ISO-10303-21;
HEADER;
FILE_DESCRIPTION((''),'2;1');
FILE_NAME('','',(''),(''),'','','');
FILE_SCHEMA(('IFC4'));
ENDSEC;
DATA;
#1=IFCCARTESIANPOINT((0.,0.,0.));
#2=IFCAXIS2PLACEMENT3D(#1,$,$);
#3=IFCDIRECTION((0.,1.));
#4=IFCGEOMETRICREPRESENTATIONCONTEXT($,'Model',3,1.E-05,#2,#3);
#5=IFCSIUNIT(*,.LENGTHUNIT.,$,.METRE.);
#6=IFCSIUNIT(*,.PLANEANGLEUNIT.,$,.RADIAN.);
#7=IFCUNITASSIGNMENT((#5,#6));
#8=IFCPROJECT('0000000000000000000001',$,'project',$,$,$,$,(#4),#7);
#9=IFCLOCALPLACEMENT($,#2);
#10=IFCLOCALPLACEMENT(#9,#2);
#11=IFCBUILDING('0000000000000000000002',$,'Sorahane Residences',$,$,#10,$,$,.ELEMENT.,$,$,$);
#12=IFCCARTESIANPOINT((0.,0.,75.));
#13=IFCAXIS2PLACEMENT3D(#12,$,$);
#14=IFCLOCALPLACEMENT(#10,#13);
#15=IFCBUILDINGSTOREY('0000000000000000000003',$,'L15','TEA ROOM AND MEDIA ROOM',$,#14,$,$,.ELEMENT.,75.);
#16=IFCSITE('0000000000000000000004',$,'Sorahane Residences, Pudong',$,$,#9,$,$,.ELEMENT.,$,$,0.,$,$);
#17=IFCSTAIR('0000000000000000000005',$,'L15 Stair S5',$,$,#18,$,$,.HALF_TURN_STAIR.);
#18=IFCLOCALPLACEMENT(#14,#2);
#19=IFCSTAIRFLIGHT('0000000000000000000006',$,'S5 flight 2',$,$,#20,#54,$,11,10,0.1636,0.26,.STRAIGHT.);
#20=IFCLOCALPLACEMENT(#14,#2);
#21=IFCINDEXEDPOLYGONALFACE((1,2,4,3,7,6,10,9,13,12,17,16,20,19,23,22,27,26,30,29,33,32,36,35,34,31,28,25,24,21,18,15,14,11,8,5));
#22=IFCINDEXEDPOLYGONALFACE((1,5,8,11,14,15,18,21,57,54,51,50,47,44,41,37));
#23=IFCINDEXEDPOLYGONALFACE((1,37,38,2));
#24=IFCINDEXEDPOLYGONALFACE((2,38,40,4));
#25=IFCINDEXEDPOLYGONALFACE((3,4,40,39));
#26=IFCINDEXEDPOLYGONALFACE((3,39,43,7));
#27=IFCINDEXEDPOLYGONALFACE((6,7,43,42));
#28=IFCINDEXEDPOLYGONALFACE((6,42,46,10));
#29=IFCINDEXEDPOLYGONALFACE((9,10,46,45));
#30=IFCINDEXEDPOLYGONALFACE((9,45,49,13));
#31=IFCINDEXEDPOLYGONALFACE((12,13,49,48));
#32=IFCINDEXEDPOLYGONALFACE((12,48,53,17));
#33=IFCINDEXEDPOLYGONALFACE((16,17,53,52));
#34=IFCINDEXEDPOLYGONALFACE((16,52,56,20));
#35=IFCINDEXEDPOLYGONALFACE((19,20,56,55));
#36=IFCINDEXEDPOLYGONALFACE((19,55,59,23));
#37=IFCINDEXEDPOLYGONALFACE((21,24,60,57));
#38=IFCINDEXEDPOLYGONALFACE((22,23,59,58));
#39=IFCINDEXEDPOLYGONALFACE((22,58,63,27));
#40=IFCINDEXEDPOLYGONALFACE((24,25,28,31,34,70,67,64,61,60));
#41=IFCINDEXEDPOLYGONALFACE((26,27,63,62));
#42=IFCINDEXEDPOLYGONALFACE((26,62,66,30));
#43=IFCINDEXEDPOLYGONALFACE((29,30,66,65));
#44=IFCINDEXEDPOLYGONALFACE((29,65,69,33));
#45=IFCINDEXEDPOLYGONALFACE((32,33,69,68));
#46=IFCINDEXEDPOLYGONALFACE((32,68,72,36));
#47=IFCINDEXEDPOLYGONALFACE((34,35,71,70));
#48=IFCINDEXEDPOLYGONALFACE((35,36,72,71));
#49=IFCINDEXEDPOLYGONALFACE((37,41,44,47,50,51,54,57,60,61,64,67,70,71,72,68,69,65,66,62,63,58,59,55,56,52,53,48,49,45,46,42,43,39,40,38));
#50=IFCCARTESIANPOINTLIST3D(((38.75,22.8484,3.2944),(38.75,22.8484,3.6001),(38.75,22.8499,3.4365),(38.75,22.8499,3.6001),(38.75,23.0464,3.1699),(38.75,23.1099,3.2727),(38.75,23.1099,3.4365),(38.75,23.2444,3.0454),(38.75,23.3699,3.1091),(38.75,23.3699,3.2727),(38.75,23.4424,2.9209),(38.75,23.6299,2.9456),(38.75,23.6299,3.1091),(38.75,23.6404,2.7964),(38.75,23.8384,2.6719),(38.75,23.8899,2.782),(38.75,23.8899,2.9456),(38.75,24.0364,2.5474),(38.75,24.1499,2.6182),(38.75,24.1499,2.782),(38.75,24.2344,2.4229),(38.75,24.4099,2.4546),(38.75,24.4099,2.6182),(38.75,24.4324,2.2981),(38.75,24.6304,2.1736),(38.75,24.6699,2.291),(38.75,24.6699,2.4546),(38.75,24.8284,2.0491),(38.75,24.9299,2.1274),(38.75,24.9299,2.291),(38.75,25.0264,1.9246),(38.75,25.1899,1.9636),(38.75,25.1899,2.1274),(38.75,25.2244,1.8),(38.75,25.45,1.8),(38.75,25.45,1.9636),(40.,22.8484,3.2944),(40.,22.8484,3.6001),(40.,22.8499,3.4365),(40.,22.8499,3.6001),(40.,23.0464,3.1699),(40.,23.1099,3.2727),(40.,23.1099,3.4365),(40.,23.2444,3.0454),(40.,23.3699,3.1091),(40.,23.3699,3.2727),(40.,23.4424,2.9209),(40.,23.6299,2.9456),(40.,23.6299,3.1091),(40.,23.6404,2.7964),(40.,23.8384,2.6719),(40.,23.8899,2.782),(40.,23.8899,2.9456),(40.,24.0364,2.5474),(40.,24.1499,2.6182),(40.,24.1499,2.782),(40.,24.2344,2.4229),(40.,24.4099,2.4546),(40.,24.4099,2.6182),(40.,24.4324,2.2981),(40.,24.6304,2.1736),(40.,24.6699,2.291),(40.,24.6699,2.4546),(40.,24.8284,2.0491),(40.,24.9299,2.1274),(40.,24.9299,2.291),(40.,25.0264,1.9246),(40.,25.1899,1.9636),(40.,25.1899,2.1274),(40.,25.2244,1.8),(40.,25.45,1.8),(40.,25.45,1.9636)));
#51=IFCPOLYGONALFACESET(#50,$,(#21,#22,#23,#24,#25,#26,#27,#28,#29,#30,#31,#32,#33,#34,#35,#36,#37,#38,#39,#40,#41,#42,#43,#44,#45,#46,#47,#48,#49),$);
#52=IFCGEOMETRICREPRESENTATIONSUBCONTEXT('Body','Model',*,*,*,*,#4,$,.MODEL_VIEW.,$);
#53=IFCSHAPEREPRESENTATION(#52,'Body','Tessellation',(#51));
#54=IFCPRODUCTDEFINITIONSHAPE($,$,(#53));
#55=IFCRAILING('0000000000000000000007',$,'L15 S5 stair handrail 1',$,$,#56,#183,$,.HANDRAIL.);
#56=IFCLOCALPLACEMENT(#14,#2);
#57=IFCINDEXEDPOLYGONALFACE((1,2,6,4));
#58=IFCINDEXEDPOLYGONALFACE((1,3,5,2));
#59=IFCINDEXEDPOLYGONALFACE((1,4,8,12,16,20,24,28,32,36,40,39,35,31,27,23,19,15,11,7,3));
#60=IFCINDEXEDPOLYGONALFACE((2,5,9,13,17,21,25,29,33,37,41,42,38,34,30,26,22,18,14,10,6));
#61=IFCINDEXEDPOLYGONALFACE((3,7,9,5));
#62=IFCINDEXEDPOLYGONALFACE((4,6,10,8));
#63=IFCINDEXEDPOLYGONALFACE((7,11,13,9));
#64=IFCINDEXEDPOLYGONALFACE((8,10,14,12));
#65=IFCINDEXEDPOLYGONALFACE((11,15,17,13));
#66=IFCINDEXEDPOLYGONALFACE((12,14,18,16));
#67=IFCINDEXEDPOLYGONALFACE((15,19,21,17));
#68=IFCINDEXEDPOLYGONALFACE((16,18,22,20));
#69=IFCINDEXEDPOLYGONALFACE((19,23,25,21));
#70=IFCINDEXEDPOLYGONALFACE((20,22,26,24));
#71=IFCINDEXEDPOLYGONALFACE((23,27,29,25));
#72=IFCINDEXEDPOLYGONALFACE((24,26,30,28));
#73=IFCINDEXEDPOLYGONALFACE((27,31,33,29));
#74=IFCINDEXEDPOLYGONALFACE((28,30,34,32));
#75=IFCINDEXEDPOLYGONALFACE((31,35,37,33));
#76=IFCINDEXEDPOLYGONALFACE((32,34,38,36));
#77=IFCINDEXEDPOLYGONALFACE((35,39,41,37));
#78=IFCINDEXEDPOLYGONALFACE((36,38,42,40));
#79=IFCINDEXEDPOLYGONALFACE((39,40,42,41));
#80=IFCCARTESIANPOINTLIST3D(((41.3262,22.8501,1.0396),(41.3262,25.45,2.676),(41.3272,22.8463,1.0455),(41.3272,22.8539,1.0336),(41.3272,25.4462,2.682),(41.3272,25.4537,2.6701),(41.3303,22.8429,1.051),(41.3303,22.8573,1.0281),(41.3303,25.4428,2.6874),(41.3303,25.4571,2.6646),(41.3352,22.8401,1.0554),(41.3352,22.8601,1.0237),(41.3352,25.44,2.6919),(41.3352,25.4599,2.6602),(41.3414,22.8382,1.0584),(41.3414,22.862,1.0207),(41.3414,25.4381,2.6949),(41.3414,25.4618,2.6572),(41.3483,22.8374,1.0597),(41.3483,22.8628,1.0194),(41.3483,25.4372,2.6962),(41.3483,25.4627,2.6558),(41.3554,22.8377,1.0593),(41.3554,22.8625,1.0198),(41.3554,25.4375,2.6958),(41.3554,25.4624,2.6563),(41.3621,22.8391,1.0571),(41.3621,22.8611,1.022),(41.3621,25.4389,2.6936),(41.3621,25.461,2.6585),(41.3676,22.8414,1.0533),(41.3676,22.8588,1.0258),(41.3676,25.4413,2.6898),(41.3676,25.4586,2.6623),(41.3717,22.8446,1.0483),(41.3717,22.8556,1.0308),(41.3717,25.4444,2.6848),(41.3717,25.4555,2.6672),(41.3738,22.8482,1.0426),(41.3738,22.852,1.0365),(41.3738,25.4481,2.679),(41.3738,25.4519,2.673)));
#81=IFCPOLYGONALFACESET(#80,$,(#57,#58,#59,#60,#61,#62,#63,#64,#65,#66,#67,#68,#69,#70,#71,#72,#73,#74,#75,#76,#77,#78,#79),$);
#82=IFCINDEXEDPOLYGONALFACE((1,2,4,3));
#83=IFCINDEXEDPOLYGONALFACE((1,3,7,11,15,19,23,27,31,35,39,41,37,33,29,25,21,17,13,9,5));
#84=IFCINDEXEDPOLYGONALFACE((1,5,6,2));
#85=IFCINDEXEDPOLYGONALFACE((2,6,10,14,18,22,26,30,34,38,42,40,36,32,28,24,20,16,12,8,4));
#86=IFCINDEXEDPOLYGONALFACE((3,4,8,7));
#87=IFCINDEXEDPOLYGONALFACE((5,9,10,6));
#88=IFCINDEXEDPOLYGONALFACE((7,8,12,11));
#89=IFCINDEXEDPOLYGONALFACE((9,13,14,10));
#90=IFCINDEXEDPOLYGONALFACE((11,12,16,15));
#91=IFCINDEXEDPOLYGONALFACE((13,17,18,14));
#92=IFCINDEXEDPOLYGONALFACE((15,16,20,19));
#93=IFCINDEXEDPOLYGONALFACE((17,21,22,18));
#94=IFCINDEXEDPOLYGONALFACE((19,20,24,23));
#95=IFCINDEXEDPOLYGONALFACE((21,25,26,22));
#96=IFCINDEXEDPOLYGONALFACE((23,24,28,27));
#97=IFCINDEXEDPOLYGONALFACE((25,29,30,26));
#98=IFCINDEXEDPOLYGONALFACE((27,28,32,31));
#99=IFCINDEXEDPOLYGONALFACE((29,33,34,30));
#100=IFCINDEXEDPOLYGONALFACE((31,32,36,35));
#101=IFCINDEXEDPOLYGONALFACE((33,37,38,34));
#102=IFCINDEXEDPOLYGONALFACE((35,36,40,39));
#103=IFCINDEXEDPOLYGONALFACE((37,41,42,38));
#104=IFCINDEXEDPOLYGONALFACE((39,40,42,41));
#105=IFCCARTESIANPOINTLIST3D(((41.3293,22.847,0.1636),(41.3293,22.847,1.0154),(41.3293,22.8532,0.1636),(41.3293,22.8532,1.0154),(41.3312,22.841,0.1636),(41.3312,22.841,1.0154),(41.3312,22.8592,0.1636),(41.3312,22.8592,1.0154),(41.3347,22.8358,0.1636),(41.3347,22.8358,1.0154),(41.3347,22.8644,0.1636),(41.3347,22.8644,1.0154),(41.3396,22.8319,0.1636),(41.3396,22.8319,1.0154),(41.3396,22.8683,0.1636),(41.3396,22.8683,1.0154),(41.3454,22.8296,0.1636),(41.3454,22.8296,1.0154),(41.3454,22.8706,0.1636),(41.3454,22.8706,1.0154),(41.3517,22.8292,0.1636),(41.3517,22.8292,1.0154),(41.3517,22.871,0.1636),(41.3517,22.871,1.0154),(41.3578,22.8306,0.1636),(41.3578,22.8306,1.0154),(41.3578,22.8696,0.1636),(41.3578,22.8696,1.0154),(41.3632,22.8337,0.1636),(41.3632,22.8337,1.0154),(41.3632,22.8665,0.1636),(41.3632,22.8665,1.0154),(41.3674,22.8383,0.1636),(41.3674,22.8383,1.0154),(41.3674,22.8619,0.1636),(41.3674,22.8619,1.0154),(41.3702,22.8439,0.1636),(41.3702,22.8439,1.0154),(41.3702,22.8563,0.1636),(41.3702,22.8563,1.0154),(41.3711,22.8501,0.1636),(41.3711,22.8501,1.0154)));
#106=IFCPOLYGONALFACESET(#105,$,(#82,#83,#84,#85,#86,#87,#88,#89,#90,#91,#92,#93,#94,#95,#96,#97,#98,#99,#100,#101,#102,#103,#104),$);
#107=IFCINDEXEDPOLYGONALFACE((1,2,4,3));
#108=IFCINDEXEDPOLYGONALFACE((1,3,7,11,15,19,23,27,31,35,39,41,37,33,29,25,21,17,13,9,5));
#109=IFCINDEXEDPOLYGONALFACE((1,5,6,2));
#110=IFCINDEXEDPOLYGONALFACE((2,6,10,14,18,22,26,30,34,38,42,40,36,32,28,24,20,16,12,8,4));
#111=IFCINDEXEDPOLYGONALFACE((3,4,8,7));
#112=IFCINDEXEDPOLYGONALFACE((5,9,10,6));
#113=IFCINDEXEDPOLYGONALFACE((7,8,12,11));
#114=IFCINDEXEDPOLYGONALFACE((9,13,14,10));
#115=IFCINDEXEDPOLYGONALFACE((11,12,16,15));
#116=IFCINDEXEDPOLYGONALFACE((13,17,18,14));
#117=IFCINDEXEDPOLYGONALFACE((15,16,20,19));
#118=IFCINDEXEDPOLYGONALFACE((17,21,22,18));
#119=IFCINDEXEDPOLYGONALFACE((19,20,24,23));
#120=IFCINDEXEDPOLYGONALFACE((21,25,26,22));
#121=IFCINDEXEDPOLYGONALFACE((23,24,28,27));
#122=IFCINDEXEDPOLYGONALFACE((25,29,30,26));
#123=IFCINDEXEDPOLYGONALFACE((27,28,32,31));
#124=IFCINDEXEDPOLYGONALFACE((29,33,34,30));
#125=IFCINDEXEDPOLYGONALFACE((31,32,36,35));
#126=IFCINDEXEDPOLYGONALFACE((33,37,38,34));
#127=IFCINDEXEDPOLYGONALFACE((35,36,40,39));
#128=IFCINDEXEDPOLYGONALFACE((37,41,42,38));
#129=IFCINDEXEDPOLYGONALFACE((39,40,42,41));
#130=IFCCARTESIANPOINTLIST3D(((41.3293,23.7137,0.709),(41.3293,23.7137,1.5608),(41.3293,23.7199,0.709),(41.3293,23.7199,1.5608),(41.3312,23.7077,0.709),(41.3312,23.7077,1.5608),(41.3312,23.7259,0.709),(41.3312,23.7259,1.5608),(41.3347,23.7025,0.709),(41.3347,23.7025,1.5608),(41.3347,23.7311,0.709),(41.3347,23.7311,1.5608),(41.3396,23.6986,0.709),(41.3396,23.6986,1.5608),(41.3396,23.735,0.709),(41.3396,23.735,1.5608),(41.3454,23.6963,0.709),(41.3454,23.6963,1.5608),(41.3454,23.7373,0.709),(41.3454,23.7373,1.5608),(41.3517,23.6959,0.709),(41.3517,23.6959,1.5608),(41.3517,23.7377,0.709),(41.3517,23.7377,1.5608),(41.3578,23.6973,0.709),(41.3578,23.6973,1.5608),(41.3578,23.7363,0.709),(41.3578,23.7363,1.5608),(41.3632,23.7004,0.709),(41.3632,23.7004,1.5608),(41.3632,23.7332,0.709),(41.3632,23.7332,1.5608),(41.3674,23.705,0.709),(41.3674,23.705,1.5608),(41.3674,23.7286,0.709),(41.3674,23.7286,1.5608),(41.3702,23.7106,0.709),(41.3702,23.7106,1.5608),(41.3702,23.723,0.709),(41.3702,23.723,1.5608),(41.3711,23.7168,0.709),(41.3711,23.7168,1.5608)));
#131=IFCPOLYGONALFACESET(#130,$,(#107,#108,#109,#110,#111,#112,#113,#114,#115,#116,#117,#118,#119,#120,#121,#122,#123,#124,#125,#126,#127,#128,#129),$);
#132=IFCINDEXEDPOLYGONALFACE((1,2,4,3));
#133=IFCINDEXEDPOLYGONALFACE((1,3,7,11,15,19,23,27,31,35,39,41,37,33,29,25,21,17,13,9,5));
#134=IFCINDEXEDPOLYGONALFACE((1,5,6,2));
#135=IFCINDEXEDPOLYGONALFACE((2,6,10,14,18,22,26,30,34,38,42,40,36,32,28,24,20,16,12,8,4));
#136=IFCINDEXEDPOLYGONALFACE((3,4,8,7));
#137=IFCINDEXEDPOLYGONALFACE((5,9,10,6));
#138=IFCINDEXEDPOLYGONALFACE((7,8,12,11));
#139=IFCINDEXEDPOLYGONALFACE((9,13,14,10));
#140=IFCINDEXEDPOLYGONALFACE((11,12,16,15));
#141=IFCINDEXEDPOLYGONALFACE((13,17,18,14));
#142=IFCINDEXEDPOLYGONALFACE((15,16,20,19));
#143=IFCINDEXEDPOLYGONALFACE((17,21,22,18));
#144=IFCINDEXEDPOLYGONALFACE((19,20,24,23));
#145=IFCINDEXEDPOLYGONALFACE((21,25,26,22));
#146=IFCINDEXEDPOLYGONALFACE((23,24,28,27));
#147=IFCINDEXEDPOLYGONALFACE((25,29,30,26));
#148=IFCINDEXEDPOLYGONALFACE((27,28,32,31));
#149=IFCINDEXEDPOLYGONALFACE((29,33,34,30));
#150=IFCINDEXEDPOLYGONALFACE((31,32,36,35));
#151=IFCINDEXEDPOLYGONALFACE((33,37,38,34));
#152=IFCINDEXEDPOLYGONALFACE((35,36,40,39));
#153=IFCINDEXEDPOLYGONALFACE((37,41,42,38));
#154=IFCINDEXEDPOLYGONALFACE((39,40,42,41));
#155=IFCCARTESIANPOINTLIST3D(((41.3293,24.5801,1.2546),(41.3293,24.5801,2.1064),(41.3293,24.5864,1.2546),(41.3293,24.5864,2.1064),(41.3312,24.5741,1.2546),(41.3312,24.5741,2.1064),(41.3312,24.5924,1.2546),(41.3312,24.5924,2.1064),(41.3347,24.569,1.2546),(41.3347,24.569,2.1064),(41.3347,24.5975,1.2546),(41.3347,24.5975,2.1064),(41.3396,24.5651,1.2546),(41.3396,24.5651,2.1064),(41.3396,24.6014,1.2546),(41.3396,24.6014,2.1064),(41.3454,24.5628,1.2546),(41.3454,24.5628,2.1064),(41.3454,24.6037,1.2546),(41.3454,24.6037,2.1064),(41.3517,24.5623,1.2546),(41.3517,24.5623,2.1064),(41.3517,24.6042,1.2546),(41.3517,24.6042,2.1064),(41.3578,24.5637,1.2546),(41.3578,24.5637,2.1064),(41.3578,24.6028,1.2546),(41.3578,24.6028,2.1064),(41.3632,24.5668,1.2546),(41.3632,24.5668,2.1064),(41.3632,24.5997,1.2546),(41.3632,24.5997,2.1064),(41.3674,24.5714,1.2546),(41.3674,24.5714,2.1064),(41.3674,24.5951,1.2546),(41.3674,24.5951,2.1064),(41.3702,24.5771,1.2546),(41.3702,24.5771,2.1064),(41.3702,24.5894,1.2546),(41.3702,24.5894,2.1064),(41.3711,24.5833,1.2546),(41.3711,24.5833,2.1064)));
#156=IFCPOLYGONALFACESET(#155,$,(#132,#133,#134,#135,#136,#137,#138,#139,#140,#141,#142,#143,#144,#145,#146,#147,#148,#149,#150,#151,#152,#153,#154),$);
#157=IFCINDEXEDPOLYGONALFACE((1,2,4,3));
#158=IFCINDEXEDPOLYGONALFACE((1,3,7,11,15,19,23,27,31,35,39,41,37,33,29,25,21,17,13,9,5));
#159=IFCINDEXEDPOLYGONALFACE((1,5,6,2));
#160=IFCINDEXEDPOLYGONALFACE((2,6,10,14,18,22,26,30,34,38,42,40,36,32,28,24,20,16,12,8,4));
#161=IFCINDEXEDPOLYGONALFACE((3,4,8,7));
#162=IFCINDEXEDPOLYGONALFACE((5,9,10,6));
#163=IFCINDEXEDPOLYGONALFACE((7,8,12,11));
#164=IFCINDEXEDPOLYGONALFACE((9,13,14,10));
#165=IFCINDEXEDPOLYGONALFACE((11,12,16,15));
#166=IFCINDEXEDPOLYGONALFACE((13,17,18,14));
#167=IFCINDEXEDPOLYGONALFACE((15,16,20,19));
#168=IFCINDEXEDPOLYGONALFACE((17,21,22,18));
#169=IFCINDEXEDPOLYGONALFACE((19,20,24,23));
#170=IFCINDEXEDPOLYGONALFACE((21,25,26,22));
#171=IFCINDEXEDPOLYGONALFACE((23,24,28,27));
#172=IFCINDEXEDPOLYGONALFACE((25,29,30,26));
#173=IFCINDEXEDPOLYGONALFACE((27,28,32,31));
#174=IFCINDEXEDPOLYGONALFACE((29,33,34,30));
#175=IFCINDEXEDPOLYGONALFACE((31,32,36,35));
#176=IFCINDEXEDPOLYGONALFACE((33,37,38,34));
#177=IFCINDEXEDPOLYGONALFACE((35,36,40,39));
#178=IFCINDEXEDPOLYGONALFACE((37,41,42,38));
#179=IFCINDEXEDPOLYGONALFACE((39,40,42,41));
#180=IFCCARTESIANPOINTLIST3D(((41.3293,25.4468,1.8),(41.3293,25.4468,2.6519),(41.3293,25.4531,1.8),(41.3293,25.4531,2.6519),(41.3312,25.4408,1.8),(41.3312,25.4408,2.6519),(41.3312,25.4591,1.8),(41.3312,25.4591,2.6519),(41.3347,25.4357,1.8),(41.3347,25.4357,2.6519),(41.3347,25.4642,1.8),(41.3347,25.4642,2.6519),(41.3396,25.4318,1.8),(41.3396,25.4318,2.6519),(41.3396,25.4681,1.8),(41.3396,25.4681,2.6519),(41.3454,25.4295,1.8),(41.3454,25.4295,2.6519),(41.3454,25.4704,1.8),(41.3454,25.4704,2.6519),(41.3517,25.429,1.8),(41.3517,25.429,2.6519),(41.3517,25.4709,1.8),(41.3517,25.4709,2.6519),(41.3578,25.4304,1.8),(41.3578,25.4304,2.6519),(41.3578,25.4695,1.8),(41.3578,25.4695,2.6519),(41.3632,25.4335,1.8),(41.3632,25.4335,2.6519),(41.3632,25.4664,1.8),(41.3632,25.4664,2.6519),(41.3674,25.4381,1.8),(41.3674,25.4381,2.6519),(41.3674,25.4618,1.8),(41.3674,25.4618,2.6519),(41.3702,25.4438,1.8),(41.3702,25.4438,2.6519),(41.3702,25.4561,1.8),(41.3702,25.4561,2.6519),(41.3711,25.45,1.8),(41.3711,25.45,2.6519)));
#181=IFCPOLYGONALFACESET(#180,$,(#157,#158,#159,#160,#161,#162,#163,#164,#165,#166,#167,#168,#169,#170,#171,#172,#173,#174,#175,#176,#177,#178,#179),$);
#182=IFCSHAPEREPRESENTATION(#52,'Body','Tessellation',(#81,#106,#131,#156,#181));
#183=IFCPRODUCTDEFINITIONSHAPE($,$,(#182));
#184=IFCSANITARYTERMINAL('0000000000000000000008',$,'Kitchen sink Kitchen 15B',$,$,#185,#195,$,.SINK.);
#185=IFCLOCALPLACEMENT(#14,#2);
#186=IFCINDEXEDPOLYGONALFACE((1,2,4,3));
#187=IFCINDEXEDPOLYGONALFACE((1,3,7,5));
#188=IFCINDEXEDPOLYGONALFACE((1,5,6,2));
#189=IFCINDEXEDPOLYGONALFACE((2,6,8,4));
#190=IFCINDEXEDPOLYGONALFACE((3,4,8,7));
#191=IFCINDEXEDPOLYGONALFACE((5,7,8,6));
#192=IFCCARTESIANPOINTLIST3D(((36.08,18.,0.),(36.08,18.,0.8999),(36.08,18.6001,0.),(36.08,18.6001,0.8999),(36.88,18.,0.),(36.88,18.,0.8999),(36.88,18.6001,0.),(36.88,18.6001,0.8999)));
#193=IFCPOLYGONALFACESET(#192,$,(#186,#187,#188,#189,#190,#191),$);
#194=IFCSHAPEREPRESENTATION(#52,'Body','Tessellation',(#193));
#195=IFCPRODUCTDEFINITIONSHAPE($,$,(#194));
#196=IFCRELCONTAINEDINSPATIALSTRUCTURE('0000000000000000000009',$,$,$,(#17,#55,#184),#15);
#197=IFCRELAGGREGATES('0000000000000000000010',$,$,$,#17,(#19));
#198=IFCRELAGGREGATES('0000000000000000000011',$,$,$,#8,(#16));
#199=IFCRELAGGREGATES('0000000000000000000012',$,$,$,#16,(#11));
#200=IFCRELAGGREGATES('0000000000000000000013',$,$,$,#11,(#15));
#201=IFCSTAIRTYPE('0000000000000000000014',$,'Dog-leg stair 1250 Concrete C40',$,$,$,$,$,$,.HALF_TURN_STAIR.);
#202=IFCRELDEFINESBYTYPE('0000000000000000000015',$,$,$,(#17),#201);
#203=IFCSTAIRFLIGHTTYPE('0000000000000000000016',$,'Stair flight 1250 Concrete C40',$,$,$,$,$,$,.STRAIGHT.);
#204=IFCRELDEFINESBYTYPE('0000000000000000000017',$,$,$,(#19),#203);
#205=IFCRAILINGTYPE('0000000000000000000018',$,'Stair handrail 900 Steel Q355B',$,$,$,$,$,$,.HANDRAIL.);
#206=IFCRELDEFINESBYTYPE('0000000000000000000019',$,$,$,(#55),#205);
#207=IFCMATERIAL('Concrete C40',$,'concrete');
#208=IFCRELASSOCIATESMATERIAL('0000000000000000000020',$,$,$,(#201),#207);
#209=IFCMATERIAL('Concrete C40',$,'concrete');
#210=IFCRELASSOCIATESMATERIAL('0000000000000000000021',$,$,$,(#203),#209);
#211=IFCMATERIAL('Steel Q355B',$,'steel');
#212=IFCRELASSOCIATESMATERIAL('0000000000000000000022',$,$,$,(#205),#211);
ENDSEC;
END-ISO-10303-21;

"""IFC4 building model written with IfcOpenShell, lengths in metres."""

from ifc_helpers import new_model, si_unit, direction, frame, origin, origin_2d, place, context, subcontext, project, spatial, polyline, rectangle, circle, outline, extrude, material, type_object, element, aggregate, save


model = new_model("IFC4")

# Units and contexts
model_context = context("Model", 3, precision=1e-05, world=origin(), true_north=direction((0.0, 1.0)))
body_context = subcontext(model_context, "Body", "Model", "MODEL_VIEW")
ifc_project = project(units=[si_unit("LENGTHUNIT", "METRE"), si_unit("PLANEANGLEUNIT", "RADIAN")], contexts=[model_context])

# Site, building, storey
site_placement = place(None, origin())
site = spatial("IfcSite", under=ifc_project, at=site_placement, Name="Sorahane Residences, Pudong", CompositionType="ELEMENT", RefElevation=0.0)
building_placement = place(site_placement, origin())
building = spatial("IfcBuilding", under=site, at=building_placement, Name="Sorahane Residences", CompositionType="ELEMENT")
storey_placement = place(building_placement, frame((0.0, 0.0, 75.0)))
storey = spatial("IfcBuildingStorey", under=building, at=storey_placement, Name="L15", Description="TEA ROOM AND MEDIA ROOM", CompositionType="ELEMENT", Elevation=75.0)

# Stair, stair flight
ifc_material_1 = material(Name="Concrete C40", Category="concrete")
stair_type = type_object("IfcStairType", Name="Dog-leg stair 1250 Concrete C40", PredefinedType="HALF_TURN_STAIR", material=ifc_material_1)
stair_placement = place(storey_placement, origin())
stair = element("IfcStair", 1, at=stair_placement, inside=storey, type_object=stair_type, Name="L15 Stair S5", PredefinedType="HALF_TURN_STAIR")
ifc_material_2 = material(Name="Concrete C40", Category="concrete")
stair_flight_type = type_object("IfcStairFlightType", Name="Stair flight 1250 Concrete C40", PredefinedType="STRAIGHT", material=ifc_material_2)
stair_flight_1_placement = place(storey_placement, frame((39.375, 25.45, 1.8), z_axis=(0.0, 0.0, 1.0), x_axis=(0.0, -1.0, 0.0)))
stair_flight_1 = element("IfcStairFlight", 2, at=stair_flight_1_placement, type_object=stair_flight_type, Name="S5 flight 2", NumberOfRisers=11, NumberOfTreads=10, PredefinedType="STRAIGHT", RiserHeight=0.1636, TreadLength=0.26, context=body_context, shape_type="SweptSolid", body=[
    extrude(outline(polyline([(0.0, 0.0), (0.0, 0.1636), (0.26, 0.1636), (0.26, 0.3274), (0.52, 0.3274), (0.52, 0.491), (0.78, 0.491), (0.78, 0.6545), (1.04, 0.6545), (1.04, 0.8181), (1.3, 0.8181), (1.3, 0.9819), (1.5601, 0.9819), (1.5601, 1.1455), (1.8201, 1.1455), (1.8201, 1.3091), (2.0801, 1.3091), (2.0801, 1.4727), (2.3401, 1.4727), (2.3401, 1.6365), (2.6001, 1.6365), (2.6001, 1.8), (2.6016, 1.8), (2.6016, 1.4944), (2.4036, 1.3699), (2.2056, 1.2454), (2.0076, 1.1208), (1.8096, 0.9963), (1.6116, 0.8718), (1.4136, 0.7473), (1.2156, 0.6228), (1.0176, 0.498), (0.8196, 0.3735), (0.6216, 0.249), (0.4236, 0.1245), (0.2256, 0.0), (0.0, 0.0)])), frame((0.0, 0.625, 0.0), z_axis=(0.0, -1.0, 0.0), x_axis=(1.0, 0.0, 0.0)), (0.0, 0.0, 1.0), 1.25),
])
aggregate(stair, [stair_flight_1])

# Railing
ifc_material_3 = material(Name="Steel Q355B", Category="steel")
railing_type_1 = type_object("IfcRailingType", Name="Stair handrail 900 Steel Q355B", PredefinedType="HANDRAIL", material=ifc_material_3)
railing_1_placement = place(storey_placement, frame((41.3501, 22.8501, 0.1636)))
element("IfcRailing", 3, at=railing_1_placement, inside=storey, type_object=railing_type_1, Name="L15 S5 stair handrail 1", PredefinedType="HANDRAIL", context=body_context, shape_type="SweptSolid", body=[
    extrude(circle(Radius=0.0239, at=origin_2d()), frame((0.0, 0.0, 0.876), z_axis=(0.0, 0.846302, 0.532704), x_axis=(-1.0, 0.0, 0.0)), (0.0, 0.0, 1.0), 3.072),
    extrude(circle(Radius=0.021, at=origin_2d()), origin(), (0.0, 0.0, 1.0), 0.8518),
    extrude(circle(Radius=0.021, at=origin_2d()), frame((0.0, 0.8667, 0.5454)), (0.0, 0.0, 1.0), 0.8518),
    extrude(circle(Radius=0.021, at=origin_2d()), frame((0.0, 1.7332, 1.0911)), (0.0, 0.0, 1.0), 0.8518),
    extrude(circle(Radius=0.021, at=origin_2d()), frame((0.0, 2.5999, 1.6365)), (0.0, 0.0, 1.0), 0.8518),
])

# Sanitary terminal
sanitary_terminal_placement = place(storey_placement, frame((36.48, 18.3, 0.0), z_axis=(0.0, 0.0, 1.0), x_axis=(1.0, 0.0, 0.0)))
element("IfcSanitaryTerminal", 4, at=sanitary_terminal_placement, inside=storey, Name="Kitchen sink Kitchen 15B", PredefinedType="SINK", context=body_context, shape_type="SweptSolid", body=[
    extrude(rectangle(XDim=0.8, YDim=0.6001, at=origin_2d()), origin(), (0.0, 0.0, 1.0), 0.8999),
])

save(model, "model.ifc")
